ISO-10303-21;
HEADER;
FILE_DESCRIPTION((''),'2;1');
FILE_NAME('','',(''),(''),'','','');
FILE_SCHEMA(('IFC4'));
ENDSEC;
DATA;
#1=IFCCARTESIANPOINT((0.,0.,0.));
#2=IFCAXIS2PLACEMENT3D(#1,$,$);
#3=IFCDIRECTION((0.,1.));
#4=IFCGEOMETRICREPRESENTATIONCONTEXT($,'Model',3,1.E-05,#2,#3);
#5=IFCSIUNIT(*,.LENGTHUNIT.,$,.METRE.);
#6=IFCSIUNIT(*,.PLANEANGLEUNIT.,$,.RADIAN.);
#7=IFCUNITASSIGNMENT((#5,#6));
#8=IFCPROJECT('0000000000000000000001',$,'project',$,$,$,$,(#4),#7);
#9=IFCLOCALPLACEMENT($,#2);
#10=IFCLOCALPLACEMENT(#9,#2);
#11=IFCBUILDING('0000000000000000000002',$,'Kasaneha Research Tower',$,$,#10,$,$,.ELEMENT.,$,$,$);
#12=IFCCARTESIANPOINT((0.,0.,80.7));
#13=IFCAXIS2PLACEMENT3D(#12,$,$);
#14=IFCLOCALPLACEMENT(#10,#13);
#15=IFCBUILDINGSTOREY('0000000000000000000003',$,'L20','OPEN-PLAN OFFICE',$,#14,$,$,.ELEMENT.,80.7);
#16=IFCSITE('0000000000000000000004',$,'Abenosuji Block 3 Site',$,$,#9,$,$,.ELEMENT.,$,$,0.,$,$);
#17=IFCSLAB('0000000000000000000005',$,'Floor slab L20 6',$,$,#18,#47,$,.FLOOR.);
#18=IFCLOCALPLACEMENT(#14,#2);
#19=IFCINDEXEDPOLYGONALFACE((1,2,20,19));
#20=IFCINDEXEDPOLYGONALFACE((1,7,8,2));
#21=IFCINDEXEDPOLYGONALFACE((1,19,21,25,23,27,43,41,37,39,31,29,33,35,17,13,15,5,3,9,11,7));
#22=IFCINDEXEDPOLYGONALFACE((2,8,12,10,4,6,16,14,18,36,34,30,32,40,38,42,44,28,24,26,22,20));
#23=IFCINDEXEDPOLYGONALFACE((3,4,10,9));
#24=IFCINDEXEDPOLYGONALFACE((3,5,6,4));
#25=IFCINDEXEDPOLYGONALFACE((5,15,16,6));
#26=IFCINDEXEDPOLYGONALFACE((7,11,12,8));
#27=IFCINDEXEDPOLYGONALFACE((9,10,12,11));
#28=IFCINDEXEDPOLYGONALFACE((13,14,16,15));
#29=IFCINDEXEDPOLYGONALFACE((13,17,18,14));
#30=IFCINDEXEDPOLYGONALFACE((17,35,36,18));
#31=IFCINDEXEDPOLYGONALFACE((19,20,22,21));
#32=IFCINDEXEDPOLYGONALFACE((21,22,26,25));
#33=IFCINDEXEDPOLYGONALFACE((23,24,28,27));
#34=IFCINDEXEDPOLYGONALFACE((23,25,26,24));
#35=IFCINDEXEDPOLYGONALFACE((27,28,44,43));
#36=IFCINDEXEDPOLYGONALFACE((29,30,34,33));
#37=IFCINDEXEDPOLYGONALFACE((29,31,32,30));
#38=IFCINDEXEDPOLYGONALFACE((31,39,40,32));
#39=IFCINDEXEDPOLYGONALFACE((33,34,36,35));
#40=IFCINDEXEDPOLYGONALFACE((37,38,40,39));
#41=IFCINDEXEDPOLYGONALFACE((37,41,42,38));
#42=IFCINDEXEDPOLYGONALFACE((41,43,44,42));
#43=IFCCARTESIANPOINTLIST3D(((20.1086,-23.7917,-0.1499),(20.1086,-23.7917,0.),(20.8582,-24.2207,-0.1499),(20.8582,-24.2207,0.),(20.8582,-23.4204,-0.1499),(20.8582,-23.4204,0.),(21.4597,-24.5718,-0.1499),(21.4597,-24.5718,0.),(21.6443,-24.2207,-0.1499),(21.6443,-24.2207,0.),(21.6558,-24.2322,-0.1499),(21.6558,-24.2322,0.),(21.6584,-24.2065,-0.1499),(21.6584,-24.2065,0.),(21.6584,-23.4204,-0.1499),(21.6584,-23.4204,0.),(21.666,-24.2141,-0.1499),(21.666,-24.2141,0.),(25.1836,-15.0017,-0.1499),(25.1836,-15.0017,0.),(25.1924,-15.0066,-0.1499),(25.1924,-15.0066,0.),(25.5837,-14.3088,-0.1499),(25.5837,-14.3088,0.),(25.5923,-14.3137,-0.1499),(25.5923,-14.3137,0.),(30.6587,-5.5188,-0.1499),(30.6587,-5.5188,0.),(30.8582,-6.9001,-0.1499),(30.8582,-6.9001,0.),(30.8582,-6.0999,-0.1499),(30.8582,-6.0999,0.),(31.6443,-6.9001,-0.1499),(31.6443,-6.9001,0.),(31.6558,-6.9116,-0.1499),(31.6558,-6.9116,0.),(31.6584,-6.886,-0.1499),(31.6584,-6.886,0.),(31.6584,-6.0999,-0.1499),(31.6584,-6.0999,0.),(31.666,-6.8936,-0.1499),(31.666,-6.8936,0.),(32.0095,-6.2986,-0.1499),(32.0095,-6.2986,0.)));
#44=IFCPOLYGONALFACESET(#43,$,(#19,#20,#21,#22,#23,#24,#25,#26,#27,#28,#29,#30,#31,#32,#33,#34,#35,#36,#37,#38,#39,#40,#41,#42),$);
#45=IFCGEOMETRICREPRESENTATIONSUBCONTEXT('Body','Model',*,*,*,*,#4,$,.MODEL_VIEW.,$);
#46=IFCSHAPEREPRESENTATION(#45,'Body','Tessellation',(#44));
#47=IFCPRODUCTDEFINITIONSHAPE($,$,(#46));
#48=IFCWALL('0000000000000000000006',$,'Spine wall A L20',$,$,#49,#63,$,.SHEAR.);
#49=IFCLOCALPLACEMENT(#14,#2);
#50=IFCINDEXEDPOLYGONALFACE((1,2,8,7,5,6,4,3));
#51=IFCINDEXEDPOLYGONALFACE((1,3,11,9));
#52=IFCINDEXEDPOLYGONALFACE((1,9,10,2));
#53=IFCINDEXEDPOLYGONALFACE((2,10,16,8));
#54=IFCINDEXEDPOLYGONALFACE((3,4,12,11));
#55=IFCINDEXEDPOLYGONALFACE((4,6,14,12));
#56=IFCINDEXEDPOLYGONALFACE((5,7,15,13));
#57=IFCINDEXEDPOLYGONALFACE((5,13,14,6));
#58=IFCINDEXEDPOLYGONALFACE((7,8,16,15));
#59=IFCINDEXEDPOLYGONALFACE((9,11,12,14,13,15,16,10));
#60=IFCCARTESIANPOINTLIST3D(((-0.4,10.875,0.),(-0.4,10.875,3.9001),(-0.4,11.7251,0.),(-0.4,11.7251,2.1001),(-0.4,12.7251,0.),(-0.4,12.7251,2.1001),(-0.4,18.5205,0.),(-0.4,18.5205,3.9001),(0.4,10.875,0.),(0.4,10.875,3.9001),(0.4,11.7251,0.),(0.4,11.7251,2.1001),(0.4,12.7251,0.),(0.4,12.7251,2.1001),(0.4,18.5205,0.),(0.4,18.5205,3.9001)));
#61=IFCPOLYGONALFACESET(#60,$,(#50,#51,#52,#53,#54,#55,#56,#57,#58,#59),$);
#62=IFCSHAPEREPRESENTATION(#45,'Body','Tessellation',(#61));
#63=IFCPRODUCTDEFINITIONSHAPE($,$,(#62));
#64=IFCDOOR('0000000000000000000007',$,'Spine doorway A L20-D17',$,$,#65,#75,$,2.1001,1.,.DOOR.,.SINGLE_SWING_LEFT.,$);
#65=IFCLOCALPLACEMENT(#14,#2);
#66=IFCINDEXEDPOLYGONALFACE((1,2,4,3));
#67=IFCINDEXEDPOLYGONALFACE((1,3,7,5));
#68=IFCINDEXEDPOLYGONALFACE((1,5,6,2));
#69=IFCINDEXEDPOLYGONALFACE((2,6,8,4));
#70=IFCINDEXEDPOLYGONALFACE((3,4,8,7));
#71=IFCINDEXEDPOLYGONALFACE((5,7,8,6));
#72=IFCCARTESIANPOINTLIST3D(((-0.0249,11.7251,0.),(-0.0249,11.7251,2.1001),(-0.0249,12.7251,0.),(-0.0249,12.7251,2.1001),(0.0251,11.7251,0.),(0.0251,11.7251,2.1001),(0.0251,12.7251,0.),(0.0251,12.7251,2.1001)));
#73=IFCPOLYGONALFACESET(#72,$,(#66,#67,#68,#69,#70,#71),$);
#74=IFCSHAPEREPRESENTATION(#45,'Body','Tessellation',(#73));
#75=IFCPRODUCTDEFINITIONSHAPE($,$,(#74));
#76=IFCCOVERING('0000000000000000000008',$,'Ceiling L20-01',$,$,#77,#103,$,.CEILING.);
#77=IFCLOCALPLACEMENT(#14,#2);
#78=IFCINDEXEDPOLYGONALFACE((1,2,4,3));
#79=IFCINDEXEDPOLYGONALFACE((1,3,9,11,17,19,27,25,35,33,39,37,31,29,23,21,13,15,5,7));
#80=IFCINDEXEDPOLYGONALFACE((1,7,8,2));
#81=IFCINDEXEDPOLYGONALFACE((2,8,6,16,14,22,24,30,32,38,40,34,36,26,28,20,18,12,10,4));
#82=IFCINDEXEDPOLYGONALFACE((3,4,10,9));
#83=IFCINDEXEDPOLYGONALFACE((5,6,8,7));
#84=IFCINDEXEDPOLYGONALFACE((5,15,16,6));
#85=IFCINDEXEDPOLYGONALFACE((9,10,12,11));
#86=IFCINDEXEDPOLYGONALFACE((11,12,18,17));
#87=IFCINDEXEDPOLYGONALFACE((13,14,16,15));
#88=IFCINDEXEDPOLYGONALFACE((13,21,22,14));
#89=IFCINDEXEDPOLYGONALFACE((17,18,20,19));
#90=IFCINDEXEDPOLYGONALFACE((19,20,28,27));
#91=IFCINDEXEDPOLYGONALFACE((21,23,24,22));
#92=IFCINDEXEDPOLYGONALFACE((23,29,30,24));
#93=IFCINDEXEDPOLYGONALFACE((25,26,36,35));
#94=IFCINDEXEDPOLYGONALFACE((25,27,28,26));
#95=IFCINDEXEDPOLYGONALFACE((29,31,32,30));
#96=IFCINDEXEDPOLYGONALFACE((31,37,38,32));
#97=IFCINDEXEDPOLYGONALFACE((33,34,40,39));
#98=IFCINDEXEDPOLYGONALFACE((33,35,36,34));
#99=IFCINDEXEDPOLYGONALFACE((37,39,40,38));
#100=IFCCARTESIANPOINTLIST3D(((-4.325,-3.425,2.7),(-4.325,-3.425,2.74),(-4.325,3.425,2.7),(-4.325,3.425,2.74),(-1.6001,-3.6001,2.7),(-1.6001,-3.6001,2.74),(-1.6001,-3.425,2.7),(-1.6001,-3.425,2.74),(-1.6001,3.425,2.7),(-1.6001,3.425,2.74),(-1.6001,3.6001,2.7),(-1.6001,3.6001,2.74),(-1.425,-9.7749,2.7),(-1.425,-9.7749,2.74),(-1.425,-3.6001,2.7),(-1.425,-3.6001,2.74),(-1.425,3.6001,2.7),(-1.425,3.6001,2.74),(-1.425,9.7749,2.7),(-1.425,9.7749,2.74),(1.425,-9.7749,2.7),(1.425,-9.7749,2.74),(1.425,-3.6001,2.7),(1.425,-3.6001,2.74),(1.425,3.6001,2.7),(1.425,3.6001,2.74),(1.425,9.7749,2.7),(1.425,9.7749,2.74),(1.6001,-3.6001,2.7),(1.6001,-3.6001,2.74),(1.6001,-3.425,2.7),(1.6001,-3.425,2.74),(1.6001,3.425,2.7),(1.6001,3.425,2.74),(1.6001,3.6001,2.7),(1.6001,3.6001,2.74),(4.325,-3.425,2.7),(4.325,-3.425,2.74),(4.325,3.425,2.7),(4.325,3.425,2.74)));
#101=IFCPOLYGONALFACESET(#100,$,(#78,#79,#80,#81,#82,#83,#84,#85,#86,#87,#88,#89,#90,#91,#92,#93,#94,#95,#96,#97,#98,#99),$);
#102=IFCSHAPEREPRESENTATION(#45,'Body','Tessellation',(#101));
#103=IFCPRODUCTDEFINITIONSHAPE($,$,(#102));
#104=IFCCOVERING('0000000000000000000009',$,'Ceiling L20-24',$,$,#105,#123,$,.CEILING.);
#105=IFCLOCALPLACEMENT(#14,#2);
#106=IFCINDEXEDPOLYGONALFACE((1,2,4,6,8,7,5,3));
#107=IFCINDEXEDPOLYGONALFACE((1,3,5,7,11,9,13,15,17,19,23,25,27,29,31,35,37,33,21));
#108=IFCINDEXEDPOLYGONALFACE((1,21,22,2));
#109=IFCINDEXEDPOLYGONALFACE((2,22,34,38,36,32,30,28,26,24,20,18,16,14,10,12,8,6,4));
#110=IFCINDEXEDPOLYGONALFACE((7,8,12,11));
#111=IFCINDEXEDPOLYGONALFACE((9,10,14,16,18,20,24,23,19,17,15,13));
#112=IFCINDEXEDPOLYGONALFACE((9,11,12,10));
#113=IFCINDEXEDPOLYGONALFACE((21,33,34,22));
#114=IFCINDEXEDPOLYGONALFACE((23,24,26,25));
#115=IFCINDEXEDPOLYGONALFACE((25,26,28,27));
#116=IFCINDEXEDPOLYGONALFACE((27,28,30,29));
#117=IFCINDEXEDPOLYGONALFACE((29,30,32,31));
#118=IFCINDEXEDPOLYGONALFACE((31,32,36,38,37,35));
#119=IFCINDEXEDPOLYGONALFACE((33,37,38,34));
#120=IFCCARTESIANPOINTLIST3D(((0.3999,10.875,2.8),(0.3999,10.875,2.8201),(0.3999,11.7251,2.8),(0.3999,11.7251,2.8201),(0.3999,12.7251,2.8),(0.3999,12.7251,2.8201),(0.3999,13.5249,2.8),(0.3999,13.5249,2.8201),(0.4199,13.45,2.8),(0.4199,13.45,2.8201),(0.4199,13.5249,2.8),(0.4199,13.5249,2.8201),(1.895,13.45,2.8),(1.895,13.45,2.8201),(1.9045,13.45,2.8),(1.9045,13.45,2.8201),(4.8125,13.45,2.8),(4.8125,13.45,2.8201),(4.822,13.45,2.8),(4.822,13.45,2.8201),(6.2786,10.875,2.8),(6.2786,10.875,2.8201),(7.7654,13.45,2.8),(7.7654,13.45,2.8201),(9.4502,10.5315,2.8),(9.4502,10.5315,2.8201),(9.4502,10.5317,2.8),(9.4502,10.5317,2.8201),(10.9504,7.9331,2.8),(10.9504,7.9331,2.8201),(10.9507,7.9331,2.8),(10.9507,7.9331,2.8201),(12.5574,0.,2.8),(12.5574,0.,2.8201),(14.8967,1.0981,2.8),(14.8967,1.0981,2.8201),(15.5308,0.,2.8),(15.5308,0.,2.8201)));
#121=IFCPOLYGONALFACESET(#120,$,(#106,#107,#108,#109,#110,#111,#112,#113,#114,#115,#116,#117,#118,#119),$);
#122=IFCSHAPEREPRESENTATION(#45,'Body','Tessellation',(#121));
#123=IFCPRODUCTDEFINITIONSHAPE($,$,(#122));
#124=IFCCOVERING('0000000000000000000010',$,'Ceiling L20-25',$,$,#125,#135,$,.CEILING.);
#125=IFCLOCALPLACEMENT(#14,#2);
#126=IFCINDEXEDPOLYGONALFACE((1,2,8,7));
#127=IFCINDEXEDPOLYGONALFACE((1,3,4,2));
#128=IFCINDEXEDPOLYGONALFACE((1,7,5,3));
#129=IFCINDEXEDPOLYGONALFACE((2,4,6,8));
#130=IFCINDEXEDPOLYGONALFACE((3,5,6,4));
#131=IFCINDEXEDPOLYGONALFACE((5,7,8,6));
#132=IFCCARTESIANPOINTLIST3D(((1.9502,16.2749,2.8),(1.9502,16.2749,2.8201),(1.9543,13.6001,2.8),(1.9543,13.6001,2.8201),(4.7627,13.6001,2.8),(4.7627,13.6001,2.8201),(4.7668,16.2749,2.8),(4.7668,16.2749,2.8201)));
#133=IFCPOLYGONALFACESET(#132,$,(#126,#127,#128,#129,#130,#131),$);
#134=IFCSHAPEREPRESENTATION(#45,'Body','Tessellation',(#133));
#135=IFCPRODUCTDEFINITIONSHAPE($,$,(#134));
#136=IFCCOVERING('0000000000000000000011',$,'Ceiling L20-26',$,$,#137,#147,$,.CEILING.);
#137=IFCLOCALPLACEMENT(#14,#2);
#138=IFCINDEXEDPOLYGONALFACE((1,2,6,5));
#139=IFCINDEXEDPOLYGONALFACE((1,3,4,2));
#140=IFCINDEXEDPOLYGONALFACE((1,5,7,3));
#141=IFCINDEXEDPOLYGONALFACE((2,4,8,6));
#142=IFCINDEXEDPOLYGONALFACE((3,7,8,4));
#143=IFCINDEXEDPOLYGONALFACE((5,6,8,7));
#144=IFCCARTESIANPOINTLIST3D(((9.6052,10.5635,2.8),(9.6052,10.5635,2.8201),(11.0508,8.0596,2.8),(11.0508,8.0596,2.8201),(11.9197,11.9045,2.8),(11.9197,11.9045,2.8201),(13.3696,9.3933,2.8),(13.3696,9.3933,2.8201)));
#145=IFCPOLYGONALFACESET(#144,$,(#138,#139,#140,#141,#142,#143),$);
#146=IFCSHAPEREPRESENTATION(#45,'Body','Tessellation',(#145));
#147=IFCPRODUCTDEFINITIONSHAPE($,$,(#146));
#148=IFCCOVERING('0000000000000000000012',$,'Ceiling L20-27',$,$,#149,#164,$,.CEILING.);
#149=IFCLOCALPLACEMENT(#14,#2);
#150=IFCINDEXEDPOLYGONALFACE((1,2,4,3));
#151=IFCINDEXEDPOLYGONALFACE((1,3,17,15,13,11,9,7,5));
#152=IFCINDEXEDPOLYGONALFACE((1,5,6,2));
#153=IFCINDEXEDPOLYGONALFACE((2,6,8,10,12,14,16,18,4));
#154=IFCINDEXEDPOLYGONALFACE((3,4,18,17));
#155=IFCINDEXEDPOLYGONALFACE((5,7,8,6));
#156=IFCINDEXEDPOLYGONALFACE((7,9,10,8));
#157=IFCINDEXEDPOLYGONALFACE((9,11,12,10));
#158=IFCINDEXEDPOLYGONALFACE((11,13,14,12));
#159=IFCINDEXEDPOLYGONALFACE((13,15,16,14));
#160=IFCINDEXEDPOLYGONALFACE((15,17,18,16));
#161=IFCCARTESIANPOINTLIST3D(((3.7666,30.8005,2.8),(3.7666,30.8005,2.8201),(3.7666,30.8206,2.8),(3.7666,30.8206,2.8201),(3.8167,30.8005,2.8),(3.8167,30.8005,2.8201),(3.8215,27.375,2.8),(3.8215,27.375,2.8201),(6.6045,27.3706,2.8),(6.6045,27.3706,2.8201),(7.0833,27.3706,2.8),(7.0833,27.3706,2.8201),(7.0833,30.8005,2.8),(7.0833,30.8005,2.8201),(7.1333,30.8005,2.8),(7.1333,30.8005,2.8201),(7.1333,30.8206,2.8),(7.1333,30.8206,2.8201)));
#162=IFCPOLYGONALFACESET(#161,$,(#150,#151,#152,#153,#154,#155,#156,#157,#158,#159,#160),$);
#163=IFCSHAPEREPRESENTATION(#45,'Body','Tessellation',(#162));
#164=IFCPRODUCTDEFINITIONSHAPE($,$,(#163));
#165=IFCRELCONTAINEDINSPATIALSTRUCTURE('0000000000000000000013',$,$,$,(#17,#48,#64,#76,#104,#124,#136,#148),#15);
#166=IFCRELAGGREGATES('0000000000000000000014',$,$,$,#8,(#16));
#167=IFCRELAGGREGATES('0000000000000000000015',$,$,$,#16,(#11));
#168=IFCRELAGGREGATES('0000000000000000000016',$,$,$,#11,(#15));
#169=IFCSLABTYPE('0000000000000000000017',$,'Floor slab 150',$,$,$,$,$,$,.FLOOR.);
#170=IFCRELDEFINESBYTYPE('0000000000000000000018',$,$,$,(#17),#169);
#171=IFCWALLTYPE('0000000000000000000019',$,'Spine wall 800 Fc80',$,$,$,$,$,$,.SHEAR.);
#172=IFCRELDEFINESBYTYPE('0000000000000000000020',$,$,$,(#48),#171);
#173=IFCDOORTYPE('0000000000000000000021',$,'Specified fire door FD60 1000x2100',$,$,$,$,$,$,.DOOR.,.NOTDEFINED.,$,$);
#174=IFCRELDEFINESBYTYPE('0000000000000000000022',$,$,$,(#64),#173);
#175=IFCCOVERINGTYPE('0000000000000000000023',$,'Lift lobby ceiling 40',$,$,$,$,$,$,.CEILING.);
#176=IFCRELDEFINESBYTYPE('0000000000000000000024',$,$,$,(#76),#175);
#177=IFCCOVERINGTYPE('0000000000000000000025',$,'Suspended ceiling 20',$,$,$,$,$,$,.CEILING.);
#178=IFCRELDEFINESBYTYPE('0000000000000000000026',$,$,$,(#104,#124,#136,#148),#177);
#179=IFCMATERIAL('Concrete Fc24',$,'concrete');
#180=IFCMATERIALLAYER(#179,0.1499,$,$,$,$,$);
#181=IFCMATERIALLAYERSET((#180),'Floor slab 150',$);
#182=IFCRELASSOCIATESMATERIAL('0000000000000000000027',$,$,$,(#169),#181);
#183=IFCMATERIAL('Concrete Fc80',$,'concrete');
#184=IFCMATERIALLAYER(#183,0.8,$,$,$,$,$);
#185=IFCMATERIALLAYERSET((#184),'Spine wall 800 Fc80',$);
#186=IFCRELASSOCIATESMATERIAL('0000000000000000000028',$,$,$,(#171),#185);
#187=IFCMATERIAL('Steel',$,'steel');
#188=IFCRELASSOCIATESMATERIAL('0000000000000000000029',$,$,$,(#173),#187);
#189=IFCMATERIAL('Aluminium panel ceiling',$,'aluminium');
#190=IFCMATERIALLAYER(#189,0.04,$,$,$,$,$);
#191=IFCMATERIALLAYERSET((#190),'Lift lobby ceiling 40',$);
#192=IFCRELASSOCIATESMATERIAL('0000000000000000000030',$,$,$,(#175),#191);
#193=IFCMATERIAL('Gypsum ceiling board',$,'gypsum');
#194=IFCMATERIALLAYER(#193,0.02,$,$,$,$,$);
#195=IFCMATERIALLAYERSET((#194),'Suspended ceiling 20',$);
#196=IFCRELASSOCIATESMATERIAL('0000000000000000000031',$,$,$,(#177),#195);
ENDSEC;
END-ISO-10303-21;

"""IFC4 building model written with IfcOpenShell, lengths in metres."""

from ifc_helpers import new_model, si_unit, direction, frame, frame_2d, origin, place, context, subcontext, project, spatial, polyline, rectangle, outline, extrude, material, layer, layer_set, type_object, element, fill, save


model = new_model("IFC4")

# Units and contexts
model_context = context("Model", 3, precision=1e-05, world=origin(), true_north=direction((0.0, 1.0)))
body_context = subcontext(model_context, "Body", "Model", "MODEL_VIEW")
ifc_project = project(units=[si_unit("LENGTHUNIT", "METRE"), si_unit("PLANEANGLEUNIT", "RADIAN")], contexts=[model_context])

# Site, building, storey
site_placement = place(None, origin())
site = spatial("IfcSite", under=ifc_project, at=site_placement, Name="Abenosuji Block 3 Site", CompositionType="ELEMENT", RefElevation=0.0)
building_placement = place(site_placement, origin())
building = spatial("IfcBuilding", under=site, at=building_placement, Name="Kasaneha Research Tower", CompositionType="ELEMENT")
storey_placement = place(building_placement, frame((0.0, 0.0, 80.7)))
storey = spatial("IfcBuildingStorey", under=building, at=storey_placement, Name="L20", Description="OPEN-PLAN OFFICE", CompositionType="ELEMENT", Elevation=80.7)

# Slab
ifc_material_1 = material(Name="Concrete Fc24", Category="concrete")
ifc_layer_1 = layer(ifc_material_1, 0.1499)
ifc_layer_set_1 = layer_set([ifc_layer_1], Name="Floor slab 150")
slab_type_1 = type_object("IfcSlabType", Name="Floor slab 150", PredefinedType="FLOOR", material=ifc_layer_set_1)
slab_1_placement = place(storey_placement, frame((0.0, 0.0, -0.1499)))
element("IfcSlab", 1, at=slab_1_placement, inside=storey, type_object=slab_type_1, Name="Floor slab L20 6", PredefinedType="FLOOR", context=body_context, shape_type="SweptSolid", body=[
    extrude(outline(polyline([(25.1924, -15.0066), (25.5923, -14.3137), (25.5837, -14.3088), (30.6587, -5.5188), (32.0095, -6.2986), (31.666, -6.8936), (31.6584, -6.886), (31.6584, -6.0999), (30.8582, -6.0999), (30.8582, -6.9001), (31.6443, -6.9001), (31.6558, -6.9116), (21.666, -24.2141), (21.6584, -24.2065), (21.6584, -23.4204), (20.8582, -23.4204), (20.8582, -24.2207), (21.6443, -24.2207), (21.6558, -24.2322), (21.4597, -24.5718), (20.1086, -23.7917), (25.1836, -15.0017), (25.1924, -15.0066)])), origin(), (0.0, 0.0, 1.0), 0.1499),
])

# Wall, opening, door
ifc_material_2 = material(Name="Concrete Fc80", Category="concrete")
ifc_layer_2 = layer(ifc_material_2, 0.8)
ifc_layer_set_2 = layer_set([ifc_layer_2], Name="Spine wall 800 Fc80")
wall_type = type_object("IfcWallType", Name="Spine wall 800 Fc80", PredefinedType="SHEAR", material=ifc_layer_set_2)
wall_placement = place(storey_placement, frame((0.0, 10.875, 0.0), z_axis=(0.0, 0.0, 1.0), x_axis=(0.0, 1.0, 0.0)))
wall = element("IfcWall", 2, at=wall_placement, inside=storey, type_object=wall_type, Name="Spine wall A L20", PredefinedType="SHEAR", context=body_context, shape_type="SweptSolid", body=[
    extrude(rectangle(XDim=7.6455, YDim=0.8, at=frame_2d((3.8228, 0.0))), origin(), (0.0, 0.0, 1.0), 3.9001),
])
opening_placement = place(wall_placement, frame((0.8501, 0.0, 0.0)))
opening = element("IfcOpeningElement", 3, at=opening_placement, cuts=wall, PredefinedType="OPENING", context=body_context, shape_type="SweptSolid", body=[
    extrude(rectangle(XDim=1.0, YDim=2.1001, at=frame_2d((0.5, 1.05))), frame((0.0, 0.4102, 0.0), z_axis=(0.0, -1.0, 0.0), x_axis=(1.0, 0.0, 0.0)), (0.0, 0.0, 1.0), 0.8201),
])
ifc_material_3 = material(Name="Steel", Category="steel")
door_type = type_object("IfcDoorType", Name="Specified fire door FD60 1000x2100", OperationType="NOTDEFINED", PredefinedType="DOOR", material=ifc_material_3)
door_placement = place(opening_placement, origin())
door = element("IfcDoor", 4, at=door_placement, inside=storey, type_object=door_type, Name="Spine doorway A L20-D17", OperationType="SINGLE_SWING_LEFT", OverallHeight=2.1001, OverallWidth=1.0, PredefinedType="DOOR", context=body_context, shape_type="SweptSolid", body=[
    extrude(rectangle(XDim=1.0, YDim=2.1001, at=frame_2d((0.5, 1.05))), frame((0.0, 0.0249, 0.0), z_axis=(0.0, -1.0, 0.0), x_axis=(1.0, 0.0, 0.0)), (0.0, 0.0, 1.0), 0.05),
])
fill(opening, door)

# Coverings
ifc_material_4 = material(Name="Aluminium panel ceiling", Category="aluminium")
ifc_layer_3 = layer(ifc_material_4, 0.04)
ifc_layer_set_3 = layer_set([ifc_layer_3], Name="Lift lobby ceiling 40")
covering_type_1 = type_object("IfcCoveringType", Name="Lift lobby ceiling 40", PredefinedType="CEILING", material=ifc_layer_set_3)
covering_1_placement = place(storey_placement, frame((0.0, 0.0, 2.7)))
element("IfcCovering", 5, at=covering_1_placement, inside=storey, type_object=covering_type_1, Name="Ceiling L20-01", PredefinedType="CEILING", context=body_context, shape_type="SweptSolid", body=[
    extrude(outline(polyline([(1.425, 9.7749), (1.425, 3.6001), (1.6001, 3.6001), (1.6001, 3.425), (4.325, 3.425), (4.325, -3.425), (1.6001, -3.425), (1.6001, -3.6001), (1.425, -3.6001), (1.425, -9.7749), (-1.425, -9.7749), (-1.425, -3.6001), (-1.6001, -3.6001), (-1.6001, -3.425), (-4.325, -3.425), (-4.325, 3.425), (-1.6001, 3.425), (-1.6001, 3.6001), (-1.425, 3.6001), (-1.425, 9.7749), (1.425, 9.7749)])), origin(), (0.0, 0.0, 1.0), 0.04),
])
ifc_material_5 = material(Name="Gypsum ceiling board", Category="gypsum")
ifc_layer_4 = layer(ifc_material_5, 0.02)
ifc_layer_set_4 = layer_set([ifc_layer_4], Name="Suspended ceiling 20")
covering_type_2 = type_object("IfcCoveringType", Name="Suspended ceiling 20", PredefinedType="CEILING", material=ifc_layer_set_4)
covering_2_placement = place(storey_placement, frame((0.0, 0.0, 2.8)))
element("IfcCovering", 6, at=covering_2_placement, inside=storey, type_object=covering_type_2, Name="Ceiling L20-24", PredefinedType="CEILING", context=body_context, shape_type="SweptSolid", body=[
    extrude(outline(polyline([(6.2786, 10.875), (0.3999, 10.875), (0.3999, 11.7251), (0.3999, 12.7251), (0.3999, 13.5249), (0.4199, 13.5249), (0.4199, 13.45), (1.895, 13.45), (1.9045, 13.45), (4.8125, 13.45), (4.822, 13.45), (7.7654, 13.45), (9.4502, 10.5315), (9.4502, 10.5317), (10.9504, 7.9331), (10.9507, 7.9331), (14.8967, 1.0981), (14.8967, 1.0981), (15.5308, 0.0), (12.5574, 0.0), (6.2786, 10.875)])), origin(), (0.0, 0.0, 1.0), 0.02),
])
covering_3_placement = place(storey_placement, frame((0.0, 0.0, 2.8)))
element("IfcCovering", 7, at=covering_3_placement, inside=storey, type_object=covering_type_2, Name="Ceiling L20-25", PredefinedType="CEILING", context=body_context, shape_type="SweptSolid", body=[
    extrude(outline(polyline([(1.9543, 13.6001), (1.9502, 16.2749), (4.7668, 16.2749), (4.7627, 13.6001), (1.9543, 13.6001)])), origin(), (0.0, 0.0, 1.0), 0.02),
])
covering_4_placement = place(storey_placement, frame((0.0, 0.0, 2.8)))
element("IfcCovering", 8, at=covering_4_placement, inside=storey, type_object=covering_type_2, Name="Ceiling L20-26", PredefinedType="CEILING", context=body_context, shape_type="SweptSolid", body=[
    extrude(outline(polyline([(13.3696, 9.3933), (11.0508, 8.0596), (9.6052, 10.5635), (11.9197, 11.9045), (13.3696, 9.3933)])), origin(), (0.0, 0.0, 1.0), 0.02),
])
covering_5_placement = place(storey_placement, frame((0.0, 0.0, 2.8)))
element("IfcCovering", 9, at=covering_5_placement, inside=storey, type_object=covering_type_2, Name="Ceiling L20-27", PredefinedType="CEILING", context=body_context, shape_type="SweptSolid", body=[
    extrude(outline(polyline([(7.1333, 30.8206), (7.1333, 30.8005), (7.0833, 30.8005), (7.0833, 27.3706), (6.6045, 27.3706), (3.8215, 27.375), (3.8167, 30.8005), (3.7666, 30.8005), (3.7666, 30.8206), (7.1333, 30.8206)])), origin(), (0.0, 0.0, 1.0), 0.02),
])

save(model, "model.ifc")
